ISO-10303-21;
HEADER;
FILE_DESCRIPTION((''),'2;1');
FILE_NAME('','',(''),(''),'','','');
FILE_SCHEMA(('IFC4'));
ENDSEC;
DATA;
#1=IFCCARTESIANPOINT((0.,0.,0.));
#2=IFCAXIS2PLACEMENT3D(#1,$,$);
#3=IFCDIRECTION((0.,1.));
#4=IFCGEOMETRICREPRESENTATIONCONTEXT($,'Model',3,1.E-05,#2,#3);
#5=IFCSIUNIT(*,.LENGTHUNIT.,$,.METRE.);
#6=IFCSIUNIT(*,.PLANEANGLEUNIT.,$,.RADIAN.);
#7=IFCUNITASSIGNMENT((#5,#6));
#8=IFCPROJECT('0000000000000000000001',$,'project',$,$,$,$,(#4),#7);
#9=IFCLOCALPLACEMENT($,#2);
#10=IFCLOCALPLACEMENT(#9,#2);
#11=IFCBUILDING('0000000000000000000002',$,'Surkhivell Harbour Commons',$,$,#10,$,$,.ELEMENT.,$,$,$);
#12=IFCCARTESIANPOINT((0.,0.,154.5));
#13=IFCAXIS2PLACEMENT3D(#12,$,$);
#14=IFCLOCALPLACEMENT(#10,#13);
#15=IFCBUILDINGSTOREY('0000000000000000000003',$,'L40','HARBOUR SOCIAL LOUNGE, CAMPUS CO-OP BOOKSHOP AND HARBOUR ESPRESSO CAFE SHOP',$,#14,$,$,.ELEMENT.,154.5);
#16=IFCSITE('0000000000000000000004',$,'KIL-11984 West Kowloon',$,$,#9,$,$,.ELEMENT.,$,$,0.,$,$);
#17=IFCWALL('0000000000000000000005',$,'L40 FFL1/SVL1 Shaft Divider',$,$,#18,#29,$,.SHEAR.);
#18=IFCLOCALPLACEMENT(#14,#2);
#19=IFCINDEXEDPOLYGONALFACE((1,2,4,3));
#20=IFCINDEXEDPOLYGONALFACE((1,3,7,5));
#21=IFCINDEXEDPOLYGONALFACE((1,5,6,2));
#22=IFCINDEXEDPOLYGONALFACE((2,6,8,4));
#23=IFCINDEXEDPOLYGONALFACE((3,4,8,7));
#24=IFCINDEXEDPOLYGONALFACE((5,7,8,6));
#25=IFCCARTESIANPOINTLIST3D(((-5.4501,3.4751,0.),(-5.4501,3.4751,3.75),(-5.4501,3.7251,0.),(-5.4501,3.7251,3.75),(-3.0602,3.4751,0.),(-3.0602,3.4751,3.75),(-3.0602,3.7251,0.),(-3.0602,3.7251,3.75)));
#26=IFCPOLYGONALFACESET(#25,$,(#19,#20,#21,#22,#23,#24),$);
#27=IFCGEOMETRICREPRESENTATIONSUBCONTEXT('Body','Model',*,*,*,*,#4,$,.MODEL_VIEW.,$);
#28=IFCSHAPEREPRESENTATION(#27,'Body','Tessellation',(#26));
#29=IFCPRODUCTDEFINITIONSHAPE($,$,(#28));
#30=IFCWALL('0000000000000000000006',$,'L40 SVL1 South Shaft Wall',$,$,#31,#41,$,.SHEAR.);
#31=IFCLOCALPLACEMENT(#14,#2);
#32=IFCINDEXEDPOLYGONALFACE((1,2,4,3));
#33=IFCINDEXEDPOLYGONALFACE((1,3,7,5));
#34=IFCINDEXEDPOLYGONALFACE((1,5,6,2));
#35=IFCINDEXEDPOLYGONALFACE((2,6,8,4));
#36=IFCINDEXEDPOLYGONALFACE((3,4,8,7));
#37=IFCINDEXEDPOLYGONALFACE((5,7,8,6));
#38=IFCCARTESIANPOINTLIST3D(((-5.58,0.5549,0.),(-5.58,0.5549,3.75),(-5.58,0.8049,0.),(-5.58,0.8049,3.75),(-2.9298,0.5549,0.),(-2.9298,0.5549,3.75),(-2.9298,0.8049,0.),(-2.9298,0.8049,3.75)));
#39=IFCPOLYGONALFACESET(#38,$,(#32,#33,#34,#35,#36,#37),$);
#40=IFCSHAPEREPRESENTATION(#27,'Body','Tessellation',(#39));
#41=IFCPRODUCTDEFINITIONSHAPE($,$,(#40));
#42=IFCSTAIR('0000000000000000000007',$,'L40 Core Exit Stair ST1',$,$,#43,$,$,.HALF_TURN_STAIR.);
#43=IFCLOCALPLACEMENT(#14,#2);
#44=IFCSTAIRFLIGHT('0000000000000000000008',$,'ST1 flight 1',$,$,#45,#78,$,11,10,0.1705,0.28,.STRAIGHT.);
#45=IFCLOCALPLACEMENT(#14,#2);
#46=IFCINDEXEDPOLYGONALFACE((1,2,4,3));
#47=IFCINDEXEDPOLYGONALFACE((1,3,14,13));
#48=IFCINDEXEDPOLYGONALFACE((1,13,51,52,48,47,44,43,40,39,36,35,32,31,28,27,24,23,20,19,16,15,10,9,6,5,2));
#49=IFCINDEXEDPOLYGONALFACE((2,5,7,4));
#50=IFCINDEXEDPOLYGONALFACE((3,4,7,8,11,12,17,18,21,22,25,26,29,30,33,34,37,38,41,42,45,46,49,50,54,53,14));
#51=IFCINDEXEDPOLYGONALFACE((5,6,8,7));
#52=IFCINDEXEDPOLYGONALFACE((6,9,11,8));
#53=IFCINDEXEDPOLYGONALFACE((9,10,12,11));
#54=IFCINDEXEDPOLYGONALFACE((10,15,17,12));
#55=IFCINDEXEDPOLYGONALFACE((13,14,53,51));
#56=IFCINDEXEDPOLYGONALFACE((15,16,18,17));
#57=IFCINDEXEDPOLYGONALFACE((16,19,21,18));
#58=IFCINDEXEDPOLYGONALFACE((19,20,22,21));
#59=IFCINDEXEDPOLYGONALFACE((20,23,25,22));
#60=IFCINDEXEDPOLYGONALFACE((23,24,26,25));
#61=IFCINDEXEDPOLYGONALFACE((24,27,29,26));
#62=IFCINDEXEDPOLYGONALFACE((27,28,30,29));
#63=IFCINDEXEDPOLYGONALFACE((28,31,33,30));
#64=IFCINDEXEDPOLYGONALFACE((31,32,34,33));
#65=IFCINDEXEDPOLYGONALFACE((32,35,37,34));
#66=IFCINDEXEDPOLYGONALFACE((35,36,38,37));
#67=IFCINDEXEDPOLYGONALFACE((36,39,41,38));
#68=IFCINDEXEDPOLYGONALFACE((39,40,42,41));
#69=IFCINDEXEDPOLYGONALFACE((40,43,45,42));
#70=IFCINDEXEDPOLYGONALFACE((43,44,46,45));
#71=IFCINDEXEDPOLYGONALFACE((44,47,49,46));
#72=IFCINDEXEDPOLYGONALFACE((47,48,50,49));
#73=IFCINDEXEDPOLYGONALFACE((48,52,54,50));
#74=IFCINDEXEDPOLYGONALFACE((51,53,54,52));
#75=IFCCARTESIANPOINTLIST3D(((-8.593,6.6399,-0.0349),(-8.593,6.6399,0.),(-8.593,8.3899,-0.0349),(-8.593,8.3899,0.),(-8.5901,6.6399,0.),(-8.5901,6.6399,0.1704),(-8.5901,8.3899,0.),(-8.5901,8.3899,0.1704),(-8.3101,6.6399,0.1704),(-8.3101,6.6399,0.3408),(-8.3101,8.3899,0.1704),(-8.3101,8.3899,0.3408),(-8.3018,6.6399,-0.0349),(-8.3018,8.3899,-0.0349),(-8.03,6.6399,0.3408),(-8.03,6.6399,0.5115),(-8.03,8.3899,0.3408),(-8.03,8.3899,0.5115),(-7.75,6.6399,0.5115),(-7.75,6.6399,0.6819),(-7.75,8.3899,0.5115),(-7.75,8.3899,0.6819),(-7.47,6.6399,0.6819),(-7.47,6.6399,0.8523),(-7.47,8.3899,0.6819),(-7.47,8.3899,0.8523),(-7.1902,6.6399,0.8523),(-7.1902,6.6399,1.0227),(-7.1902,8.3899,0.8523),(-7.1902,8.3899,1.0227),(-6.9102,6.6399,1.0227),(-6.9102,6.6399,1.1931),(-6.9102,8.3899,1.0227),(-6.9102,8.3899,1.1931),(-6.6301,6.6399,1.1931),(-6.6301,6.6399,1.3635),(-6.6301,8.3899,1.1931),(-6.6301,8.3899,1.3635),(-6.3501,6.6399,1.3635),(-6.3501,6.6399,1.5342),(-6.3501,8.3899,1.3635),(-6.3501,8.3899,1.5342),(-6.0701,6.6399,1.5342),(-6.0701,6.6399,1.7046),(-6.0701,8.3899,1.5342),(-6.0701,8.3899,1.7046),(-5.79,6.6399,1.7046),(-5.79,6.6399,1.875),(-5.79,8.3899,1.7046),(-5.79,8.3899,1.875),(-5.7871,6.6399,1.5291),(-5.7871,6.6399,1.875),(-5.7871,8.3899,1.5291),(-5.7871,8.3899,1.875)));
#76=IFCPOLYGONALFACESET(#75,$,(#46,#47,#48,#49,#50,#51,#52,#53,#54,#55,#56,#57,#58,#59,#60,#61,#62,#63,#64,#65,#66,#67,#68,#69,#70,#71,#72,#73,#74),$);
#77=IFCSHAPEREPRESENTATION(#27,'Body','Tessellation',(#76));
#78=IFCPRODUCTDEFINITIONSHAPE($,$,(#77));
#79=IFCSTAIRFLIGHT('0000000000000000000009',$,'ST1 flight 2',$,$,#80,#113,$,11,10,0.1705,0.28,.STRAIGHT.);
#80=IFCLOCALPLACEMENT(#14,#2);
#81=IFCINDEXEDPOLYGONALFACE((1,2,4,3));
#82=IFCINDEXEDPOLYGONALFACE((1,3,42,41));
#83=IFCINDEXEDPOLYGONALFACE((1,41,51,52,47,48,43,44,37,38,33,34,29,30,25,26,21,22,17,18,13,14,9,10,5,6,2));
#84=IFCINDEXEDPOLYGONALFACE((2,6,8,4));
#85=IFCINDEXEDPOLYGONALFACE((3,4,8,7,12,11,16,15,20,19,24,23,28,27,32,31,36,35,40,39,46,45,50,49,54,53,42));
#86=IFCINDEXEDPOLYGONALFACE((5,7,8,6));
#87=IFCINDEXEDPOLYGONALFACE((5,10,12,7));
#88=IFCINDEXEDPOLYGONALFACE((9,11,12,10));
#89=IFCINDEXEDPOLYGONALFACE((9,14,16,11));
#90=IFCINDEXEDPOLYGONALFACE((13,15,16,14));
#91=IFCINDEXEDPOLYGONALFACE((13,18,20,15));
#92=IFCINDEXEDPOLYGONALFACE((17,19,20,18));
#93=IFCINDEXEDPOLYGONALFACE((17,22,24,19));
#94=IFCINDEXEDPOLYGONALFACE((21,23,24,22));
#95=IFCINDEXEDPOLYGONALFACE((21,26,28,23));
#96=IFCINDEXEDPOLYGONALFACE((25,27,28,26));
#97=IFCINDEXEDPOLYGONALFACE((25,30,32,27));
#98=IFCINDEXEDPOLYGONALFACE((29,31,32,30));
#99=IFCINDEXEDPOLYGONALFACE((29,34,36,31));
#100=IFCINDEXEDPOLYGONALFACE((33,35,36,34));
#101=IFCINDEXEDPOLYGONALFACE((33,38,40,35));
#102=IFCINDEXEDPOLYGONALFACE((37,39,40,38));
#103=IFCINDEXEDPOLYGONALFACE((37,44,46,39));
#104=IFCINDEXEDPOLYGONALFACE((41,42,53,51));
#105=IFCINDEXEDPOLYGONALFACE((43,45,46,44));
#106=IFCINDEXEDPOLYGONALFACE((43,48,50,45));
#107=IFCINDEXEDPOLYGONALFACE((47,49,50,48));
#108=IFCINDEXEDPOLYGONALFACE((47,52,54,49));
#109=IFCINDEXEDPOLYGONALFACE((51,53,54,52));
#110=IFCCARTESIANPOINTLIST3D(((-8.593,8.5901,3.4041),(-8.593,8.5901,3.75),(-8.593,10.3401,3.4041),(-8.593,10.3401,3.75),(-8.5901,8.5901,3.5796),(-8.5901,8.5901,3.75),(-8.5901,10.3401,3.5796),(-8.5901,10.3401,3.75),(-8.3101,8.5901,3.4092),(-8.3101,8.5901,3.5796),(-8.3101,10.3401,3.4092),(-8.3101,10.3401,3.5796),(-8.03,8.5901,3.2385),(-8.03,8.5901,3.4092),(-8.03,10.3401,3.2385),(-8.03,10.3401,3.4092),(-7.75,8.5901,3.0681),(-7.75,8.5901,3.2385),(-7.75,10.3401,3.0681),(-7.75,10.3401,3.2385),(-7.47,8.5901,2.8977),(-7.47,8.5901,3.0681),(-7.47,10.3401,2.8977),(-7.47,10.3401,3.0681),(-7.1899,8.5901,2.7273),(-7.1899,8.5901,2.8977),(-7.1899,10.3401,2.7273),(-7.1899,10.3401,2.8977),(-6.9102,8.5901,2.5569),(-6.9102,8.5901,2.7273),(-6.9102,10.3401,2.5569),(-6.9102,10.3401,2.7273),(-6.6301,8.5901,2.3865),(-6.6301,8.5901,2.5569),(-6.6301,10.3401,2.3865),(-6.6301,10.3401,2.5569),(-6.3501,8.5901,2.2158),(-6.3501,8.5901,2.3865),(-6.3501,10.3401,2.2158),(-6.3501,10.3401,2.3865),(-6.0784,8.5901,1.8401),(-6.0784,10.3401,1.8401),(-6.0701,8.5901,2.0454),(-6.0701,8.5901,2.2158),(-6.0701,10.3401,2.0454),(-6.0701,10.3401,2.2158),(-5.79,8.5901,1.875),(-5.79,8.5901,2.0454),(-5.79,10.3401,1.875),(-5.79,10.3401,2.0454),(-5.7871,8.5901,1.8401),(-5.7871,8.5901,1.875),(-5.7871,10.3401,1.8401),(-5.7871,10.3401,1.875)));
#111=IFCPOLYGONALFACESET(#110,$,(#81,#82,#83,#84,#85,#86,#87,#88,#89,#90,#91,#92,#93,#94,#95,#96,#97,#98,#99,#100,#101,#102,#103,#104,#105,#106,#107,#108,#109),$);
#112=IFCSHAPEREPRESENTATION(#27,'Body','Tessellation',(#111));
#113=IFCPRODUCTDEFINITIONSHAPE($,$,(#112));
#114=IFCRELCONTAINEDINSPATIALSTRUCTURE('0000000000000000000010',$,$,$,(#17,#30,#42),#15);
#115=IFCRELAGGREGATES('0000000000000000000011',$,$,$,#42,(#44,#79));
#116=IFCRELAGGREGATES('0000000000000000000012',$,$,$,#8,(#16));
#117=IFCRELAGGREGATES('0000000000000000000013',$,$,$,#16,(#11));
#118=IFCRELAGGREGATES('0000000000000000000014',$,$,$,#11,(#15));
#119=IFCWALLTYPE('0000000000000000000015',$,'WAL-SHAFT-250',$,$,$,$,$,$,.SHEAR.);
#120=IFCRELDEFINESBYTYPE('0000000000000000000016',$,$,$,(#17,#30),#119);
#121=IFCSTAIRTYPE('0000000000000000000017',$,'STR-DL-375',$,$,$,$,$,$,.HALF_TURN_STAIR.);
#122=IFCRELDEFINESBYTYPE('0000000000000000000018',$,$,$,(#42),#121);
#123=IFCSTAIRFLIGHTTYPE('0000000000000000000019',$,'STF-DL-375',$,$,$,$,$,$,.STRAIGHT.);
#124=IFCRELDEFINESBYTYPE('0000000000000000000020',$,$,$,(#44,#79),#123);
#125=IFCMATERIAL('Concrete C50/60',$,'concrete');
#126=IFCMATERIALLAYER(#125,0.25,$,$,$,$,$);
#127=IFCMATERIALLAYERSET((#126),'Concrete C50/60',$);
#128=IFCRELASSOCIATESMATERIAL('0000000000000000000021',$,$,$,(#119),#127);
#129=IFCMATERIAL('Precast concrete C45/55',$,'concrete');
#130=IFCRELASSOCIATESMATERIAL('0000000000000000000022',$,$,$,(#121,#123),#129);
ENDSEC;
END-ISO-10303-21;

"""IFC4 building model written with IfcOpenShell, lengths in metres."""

from ifc_helpers import new_model, si_unit, direction, frame, frame_2d, origin, place, context, subcontext, project, spatial, polyline, rectangle, outline, extrude, material, layer, layer_set, type_object, element, aggregate, save


model = new_model("IFC4")

# Units and contexts
model_context = context("Model", 3, precision=1e-05, world=origin(), true_north=direction((0.0, 1.0)))
body_context = subcontext(model_context, "Body", "Model", "MODEL_VIEW")
ifc_project = project(units=[si_unit("LENGTHUNIT", "METRE"), si_unit("PLANEANGLEUNIT", "RADIAN")], contexts=[model_context])

# Site, building, storey
site_placement = place(None, origin())
site = spatial("IfcSite", under=ifc_project, at=site_placement, Name="KIL-11984 West Kowloon", CompositionType="ELEMENT", RefElevation=0.0)
building_placement = place(site_placement, origin())
building = spatial("IfcBuilding", under=site, at=building_placement, Name="Surkhivell Harbour Commons", CompositionType="ELEMENT")
storey_placement = place(building_placement, frame((0.0, 0.0, 154.5)))
storey = spatial("IfcBuildingStorey", under=building, at=storey_placement, Name="L40", Description="HARBOUR SOCIAL LOUNGE, CAMPUS CO-OP BOOKSHOP AND HARBOUR ESPRESSO CAFE SHOP", CompositionType="ELEMENT", Elevation=154.5)

# Shared definitions
ifc_material_1 = material(Name="Concrete C50/60", Category="concrete")
ifc_layer_1 = layer(ifc_material_1, 0.25)
ifc_layer_set_1 = layer_set([ifc_layer_1], Name="Concrete C50/60")
wall_type_1 = type_object("IfcWallType", Name="WAL-SHAFT-250", PredefinedType="SHEAR", material=ifc_layer_set_1)

# Walls
wall_1_placement = place(storey_placement, frame((-5.45, 3.6001, 0.0), z_axis=(0.0, 0.0, 1.0), x_axis=(1.0, 0.0, 0.0)))
element("IfcWall", 1, at=wall_1_placement, inside=storey, type_object=wall_type_1, Name="L40 FFL1/SVL1 Shaft Divider", PredefinedType="SHEAR", context=body_context, shape_type="SweptSolid", body=[
    extrude(rectangle(XDim=2.3899, YDim=0.25, at=frame_2d((1.1948, 0.0))), origin(), (0.0, 0.0, 1.0), 3.75),
])
wall_2_placement = place(storey_placement, frame((-5.5801, 0.6799, 0.0), z_axis=(0.0, 0.0, 1.0), x_axis=(1.0, 0.0, 0.0)))
element("IfcWall", 2, at=wall_2_placement, inside=storey, type_object=wall_type_1, Name="L40 SVL1 South Shaft Wall", PredefinedType="SHEAR", context=body_context, shape_type="SweptSolid", body=[
    extrude(rectangle(XDim=2.6501, YDim=0.25, at=frame_2d((1.3252, 0.0))), origin(), (0.0, 0.0, 1.0), 3.75),
])

# Stair, stair flights
ifc_material_2 = material(Name="Precast concrete C45/55", Category="concrete")
stair_type = type_object("IfcStairType", Name="STR-DL-375", PredefinedType="HALF_TURN_STAIR", material=ifc_material_2)
stair_placement = place(storey_placement, origin())
stair = element("IfcStair", 3, at=stair_placement, inside=storey, type_object=stair_type, Name="L40 Core Exit Stair ST1", PredefinedType="HALF_TURN_STAIR")
stair_flight_type = type_object("IfcStairFlightType", Name="STF-DL-375", PredefinedType="STRAIGHT", material=ifc_material_2)
stair_flight_1_placement = place(storey_placement, frame((-8.5901, 7.5149, 0.0), z_axis=(0.0, 0.0, 1.0), x_axis=(1.0, 0.0, 0.0)))
stair_flight_1 = element("IfcStairFlight", 4, at=stair_flight_1_placement, type_object=stair_flight_type, Name="ST1 flight 1", NumberOfRisers=11, NumberOfTreads=10, PredefinedType="STRAIGHT", RiserHeight=0.1705, TreadLength=0.28, context=body_context, shape_type="SweptSolid", body=[
    extrude(outline(polyline([(-0.0029, -0.0349), (-0.0029, 0.0), (0.0, 0.0), (0.0, 0.1704), (0.28, 0.1704), (0.28, 0.3408), (0.5601, 0.3408), (0.5601, 0.5115), (0.8401, 0.5115), (0.8401, 0.6819), (1.1201, 0.6819), (1.1201, 0.8523), (1.3999, 0.8523), (1.3999, 1.0227), (1.6799, 1.0227), (1.6799, 1.1931), (1.96, 1.1931), (1.96, 1.3635), (2.24, 1.3635), (2.24, 1.5342), (2.52, 1.5342), (2.52, 1.7046), (2.8, 1.7046), (2.8, 1.875), (2.803, 1.875), (2.803, 1.5291), (0.2883, -0.0349), (-0.0029, -0.0349)])), frame((0.0, 0.875, 0.0), z_axis=(0.0, -1.0, 0.0), x_axis=(1.0, 0.0, 0.0)), (0.0, 0.0, 1.0), 1.75),
])
stair_flight_2_placement = place(storey_placement, frame((-5.79, 9.4651, 1.875), z_axis=(0.0, 0.0, 1.0), x_axis=(-1.0, 0.0, 0.0)))
stair_flight_2 = element("IfcStairFlight", 5, at=stair_flight_2_placement, type_object=stair_flight_type, Name="ST1 flight 2", NumberOfRisers=11, NumberOfTreads=10, PredefinedType="STRAIGHT", RiserHeight=0.1705, TreadLength=0.28, context=body_context, shape_type="SweptSolid", body=[
    extrude(outline(polyline([(-0.0029, -0.0349), (-0.0029, 0.0), (0.0, 0.0), (0.0, 0.1704), (0.28, 0.1704), (0.28, 0.3408), (0.5601, 0.3408), (0.5601, 0.5115), (0.8401, 0.5115), (0.8401, 0.6819), (1.1201, 0.6819), (1.1201, 0.8523), (1.3999, 0.8523), (1.3999, 1.0227), (1.6799, 1.0227), (1.6799, 1.1931), (1.96, 1.1931), (1.96, 1.3635), (2.24, 1.3635), (2.24, 1.5342), (2.52, 1.5342), (2.52, 1.7046), (2.8, 1.7046), (2.8, 1.875), (2.803, 1.875), (2.803, 1.5291), (0.2883, -0.0349), (-0.0029, -0.0349)])), frame((0.0, 0.875, 0.0), z_axis=(0.0, -1.0, 0.0), x_axis=(1.0, 0.0, 0.0)), (0.0, 0.0, 1.0), 1.75),
])
aggregate(stair, [stair_flight_1, stair_flight_2])

save(model, "model.ifc")
